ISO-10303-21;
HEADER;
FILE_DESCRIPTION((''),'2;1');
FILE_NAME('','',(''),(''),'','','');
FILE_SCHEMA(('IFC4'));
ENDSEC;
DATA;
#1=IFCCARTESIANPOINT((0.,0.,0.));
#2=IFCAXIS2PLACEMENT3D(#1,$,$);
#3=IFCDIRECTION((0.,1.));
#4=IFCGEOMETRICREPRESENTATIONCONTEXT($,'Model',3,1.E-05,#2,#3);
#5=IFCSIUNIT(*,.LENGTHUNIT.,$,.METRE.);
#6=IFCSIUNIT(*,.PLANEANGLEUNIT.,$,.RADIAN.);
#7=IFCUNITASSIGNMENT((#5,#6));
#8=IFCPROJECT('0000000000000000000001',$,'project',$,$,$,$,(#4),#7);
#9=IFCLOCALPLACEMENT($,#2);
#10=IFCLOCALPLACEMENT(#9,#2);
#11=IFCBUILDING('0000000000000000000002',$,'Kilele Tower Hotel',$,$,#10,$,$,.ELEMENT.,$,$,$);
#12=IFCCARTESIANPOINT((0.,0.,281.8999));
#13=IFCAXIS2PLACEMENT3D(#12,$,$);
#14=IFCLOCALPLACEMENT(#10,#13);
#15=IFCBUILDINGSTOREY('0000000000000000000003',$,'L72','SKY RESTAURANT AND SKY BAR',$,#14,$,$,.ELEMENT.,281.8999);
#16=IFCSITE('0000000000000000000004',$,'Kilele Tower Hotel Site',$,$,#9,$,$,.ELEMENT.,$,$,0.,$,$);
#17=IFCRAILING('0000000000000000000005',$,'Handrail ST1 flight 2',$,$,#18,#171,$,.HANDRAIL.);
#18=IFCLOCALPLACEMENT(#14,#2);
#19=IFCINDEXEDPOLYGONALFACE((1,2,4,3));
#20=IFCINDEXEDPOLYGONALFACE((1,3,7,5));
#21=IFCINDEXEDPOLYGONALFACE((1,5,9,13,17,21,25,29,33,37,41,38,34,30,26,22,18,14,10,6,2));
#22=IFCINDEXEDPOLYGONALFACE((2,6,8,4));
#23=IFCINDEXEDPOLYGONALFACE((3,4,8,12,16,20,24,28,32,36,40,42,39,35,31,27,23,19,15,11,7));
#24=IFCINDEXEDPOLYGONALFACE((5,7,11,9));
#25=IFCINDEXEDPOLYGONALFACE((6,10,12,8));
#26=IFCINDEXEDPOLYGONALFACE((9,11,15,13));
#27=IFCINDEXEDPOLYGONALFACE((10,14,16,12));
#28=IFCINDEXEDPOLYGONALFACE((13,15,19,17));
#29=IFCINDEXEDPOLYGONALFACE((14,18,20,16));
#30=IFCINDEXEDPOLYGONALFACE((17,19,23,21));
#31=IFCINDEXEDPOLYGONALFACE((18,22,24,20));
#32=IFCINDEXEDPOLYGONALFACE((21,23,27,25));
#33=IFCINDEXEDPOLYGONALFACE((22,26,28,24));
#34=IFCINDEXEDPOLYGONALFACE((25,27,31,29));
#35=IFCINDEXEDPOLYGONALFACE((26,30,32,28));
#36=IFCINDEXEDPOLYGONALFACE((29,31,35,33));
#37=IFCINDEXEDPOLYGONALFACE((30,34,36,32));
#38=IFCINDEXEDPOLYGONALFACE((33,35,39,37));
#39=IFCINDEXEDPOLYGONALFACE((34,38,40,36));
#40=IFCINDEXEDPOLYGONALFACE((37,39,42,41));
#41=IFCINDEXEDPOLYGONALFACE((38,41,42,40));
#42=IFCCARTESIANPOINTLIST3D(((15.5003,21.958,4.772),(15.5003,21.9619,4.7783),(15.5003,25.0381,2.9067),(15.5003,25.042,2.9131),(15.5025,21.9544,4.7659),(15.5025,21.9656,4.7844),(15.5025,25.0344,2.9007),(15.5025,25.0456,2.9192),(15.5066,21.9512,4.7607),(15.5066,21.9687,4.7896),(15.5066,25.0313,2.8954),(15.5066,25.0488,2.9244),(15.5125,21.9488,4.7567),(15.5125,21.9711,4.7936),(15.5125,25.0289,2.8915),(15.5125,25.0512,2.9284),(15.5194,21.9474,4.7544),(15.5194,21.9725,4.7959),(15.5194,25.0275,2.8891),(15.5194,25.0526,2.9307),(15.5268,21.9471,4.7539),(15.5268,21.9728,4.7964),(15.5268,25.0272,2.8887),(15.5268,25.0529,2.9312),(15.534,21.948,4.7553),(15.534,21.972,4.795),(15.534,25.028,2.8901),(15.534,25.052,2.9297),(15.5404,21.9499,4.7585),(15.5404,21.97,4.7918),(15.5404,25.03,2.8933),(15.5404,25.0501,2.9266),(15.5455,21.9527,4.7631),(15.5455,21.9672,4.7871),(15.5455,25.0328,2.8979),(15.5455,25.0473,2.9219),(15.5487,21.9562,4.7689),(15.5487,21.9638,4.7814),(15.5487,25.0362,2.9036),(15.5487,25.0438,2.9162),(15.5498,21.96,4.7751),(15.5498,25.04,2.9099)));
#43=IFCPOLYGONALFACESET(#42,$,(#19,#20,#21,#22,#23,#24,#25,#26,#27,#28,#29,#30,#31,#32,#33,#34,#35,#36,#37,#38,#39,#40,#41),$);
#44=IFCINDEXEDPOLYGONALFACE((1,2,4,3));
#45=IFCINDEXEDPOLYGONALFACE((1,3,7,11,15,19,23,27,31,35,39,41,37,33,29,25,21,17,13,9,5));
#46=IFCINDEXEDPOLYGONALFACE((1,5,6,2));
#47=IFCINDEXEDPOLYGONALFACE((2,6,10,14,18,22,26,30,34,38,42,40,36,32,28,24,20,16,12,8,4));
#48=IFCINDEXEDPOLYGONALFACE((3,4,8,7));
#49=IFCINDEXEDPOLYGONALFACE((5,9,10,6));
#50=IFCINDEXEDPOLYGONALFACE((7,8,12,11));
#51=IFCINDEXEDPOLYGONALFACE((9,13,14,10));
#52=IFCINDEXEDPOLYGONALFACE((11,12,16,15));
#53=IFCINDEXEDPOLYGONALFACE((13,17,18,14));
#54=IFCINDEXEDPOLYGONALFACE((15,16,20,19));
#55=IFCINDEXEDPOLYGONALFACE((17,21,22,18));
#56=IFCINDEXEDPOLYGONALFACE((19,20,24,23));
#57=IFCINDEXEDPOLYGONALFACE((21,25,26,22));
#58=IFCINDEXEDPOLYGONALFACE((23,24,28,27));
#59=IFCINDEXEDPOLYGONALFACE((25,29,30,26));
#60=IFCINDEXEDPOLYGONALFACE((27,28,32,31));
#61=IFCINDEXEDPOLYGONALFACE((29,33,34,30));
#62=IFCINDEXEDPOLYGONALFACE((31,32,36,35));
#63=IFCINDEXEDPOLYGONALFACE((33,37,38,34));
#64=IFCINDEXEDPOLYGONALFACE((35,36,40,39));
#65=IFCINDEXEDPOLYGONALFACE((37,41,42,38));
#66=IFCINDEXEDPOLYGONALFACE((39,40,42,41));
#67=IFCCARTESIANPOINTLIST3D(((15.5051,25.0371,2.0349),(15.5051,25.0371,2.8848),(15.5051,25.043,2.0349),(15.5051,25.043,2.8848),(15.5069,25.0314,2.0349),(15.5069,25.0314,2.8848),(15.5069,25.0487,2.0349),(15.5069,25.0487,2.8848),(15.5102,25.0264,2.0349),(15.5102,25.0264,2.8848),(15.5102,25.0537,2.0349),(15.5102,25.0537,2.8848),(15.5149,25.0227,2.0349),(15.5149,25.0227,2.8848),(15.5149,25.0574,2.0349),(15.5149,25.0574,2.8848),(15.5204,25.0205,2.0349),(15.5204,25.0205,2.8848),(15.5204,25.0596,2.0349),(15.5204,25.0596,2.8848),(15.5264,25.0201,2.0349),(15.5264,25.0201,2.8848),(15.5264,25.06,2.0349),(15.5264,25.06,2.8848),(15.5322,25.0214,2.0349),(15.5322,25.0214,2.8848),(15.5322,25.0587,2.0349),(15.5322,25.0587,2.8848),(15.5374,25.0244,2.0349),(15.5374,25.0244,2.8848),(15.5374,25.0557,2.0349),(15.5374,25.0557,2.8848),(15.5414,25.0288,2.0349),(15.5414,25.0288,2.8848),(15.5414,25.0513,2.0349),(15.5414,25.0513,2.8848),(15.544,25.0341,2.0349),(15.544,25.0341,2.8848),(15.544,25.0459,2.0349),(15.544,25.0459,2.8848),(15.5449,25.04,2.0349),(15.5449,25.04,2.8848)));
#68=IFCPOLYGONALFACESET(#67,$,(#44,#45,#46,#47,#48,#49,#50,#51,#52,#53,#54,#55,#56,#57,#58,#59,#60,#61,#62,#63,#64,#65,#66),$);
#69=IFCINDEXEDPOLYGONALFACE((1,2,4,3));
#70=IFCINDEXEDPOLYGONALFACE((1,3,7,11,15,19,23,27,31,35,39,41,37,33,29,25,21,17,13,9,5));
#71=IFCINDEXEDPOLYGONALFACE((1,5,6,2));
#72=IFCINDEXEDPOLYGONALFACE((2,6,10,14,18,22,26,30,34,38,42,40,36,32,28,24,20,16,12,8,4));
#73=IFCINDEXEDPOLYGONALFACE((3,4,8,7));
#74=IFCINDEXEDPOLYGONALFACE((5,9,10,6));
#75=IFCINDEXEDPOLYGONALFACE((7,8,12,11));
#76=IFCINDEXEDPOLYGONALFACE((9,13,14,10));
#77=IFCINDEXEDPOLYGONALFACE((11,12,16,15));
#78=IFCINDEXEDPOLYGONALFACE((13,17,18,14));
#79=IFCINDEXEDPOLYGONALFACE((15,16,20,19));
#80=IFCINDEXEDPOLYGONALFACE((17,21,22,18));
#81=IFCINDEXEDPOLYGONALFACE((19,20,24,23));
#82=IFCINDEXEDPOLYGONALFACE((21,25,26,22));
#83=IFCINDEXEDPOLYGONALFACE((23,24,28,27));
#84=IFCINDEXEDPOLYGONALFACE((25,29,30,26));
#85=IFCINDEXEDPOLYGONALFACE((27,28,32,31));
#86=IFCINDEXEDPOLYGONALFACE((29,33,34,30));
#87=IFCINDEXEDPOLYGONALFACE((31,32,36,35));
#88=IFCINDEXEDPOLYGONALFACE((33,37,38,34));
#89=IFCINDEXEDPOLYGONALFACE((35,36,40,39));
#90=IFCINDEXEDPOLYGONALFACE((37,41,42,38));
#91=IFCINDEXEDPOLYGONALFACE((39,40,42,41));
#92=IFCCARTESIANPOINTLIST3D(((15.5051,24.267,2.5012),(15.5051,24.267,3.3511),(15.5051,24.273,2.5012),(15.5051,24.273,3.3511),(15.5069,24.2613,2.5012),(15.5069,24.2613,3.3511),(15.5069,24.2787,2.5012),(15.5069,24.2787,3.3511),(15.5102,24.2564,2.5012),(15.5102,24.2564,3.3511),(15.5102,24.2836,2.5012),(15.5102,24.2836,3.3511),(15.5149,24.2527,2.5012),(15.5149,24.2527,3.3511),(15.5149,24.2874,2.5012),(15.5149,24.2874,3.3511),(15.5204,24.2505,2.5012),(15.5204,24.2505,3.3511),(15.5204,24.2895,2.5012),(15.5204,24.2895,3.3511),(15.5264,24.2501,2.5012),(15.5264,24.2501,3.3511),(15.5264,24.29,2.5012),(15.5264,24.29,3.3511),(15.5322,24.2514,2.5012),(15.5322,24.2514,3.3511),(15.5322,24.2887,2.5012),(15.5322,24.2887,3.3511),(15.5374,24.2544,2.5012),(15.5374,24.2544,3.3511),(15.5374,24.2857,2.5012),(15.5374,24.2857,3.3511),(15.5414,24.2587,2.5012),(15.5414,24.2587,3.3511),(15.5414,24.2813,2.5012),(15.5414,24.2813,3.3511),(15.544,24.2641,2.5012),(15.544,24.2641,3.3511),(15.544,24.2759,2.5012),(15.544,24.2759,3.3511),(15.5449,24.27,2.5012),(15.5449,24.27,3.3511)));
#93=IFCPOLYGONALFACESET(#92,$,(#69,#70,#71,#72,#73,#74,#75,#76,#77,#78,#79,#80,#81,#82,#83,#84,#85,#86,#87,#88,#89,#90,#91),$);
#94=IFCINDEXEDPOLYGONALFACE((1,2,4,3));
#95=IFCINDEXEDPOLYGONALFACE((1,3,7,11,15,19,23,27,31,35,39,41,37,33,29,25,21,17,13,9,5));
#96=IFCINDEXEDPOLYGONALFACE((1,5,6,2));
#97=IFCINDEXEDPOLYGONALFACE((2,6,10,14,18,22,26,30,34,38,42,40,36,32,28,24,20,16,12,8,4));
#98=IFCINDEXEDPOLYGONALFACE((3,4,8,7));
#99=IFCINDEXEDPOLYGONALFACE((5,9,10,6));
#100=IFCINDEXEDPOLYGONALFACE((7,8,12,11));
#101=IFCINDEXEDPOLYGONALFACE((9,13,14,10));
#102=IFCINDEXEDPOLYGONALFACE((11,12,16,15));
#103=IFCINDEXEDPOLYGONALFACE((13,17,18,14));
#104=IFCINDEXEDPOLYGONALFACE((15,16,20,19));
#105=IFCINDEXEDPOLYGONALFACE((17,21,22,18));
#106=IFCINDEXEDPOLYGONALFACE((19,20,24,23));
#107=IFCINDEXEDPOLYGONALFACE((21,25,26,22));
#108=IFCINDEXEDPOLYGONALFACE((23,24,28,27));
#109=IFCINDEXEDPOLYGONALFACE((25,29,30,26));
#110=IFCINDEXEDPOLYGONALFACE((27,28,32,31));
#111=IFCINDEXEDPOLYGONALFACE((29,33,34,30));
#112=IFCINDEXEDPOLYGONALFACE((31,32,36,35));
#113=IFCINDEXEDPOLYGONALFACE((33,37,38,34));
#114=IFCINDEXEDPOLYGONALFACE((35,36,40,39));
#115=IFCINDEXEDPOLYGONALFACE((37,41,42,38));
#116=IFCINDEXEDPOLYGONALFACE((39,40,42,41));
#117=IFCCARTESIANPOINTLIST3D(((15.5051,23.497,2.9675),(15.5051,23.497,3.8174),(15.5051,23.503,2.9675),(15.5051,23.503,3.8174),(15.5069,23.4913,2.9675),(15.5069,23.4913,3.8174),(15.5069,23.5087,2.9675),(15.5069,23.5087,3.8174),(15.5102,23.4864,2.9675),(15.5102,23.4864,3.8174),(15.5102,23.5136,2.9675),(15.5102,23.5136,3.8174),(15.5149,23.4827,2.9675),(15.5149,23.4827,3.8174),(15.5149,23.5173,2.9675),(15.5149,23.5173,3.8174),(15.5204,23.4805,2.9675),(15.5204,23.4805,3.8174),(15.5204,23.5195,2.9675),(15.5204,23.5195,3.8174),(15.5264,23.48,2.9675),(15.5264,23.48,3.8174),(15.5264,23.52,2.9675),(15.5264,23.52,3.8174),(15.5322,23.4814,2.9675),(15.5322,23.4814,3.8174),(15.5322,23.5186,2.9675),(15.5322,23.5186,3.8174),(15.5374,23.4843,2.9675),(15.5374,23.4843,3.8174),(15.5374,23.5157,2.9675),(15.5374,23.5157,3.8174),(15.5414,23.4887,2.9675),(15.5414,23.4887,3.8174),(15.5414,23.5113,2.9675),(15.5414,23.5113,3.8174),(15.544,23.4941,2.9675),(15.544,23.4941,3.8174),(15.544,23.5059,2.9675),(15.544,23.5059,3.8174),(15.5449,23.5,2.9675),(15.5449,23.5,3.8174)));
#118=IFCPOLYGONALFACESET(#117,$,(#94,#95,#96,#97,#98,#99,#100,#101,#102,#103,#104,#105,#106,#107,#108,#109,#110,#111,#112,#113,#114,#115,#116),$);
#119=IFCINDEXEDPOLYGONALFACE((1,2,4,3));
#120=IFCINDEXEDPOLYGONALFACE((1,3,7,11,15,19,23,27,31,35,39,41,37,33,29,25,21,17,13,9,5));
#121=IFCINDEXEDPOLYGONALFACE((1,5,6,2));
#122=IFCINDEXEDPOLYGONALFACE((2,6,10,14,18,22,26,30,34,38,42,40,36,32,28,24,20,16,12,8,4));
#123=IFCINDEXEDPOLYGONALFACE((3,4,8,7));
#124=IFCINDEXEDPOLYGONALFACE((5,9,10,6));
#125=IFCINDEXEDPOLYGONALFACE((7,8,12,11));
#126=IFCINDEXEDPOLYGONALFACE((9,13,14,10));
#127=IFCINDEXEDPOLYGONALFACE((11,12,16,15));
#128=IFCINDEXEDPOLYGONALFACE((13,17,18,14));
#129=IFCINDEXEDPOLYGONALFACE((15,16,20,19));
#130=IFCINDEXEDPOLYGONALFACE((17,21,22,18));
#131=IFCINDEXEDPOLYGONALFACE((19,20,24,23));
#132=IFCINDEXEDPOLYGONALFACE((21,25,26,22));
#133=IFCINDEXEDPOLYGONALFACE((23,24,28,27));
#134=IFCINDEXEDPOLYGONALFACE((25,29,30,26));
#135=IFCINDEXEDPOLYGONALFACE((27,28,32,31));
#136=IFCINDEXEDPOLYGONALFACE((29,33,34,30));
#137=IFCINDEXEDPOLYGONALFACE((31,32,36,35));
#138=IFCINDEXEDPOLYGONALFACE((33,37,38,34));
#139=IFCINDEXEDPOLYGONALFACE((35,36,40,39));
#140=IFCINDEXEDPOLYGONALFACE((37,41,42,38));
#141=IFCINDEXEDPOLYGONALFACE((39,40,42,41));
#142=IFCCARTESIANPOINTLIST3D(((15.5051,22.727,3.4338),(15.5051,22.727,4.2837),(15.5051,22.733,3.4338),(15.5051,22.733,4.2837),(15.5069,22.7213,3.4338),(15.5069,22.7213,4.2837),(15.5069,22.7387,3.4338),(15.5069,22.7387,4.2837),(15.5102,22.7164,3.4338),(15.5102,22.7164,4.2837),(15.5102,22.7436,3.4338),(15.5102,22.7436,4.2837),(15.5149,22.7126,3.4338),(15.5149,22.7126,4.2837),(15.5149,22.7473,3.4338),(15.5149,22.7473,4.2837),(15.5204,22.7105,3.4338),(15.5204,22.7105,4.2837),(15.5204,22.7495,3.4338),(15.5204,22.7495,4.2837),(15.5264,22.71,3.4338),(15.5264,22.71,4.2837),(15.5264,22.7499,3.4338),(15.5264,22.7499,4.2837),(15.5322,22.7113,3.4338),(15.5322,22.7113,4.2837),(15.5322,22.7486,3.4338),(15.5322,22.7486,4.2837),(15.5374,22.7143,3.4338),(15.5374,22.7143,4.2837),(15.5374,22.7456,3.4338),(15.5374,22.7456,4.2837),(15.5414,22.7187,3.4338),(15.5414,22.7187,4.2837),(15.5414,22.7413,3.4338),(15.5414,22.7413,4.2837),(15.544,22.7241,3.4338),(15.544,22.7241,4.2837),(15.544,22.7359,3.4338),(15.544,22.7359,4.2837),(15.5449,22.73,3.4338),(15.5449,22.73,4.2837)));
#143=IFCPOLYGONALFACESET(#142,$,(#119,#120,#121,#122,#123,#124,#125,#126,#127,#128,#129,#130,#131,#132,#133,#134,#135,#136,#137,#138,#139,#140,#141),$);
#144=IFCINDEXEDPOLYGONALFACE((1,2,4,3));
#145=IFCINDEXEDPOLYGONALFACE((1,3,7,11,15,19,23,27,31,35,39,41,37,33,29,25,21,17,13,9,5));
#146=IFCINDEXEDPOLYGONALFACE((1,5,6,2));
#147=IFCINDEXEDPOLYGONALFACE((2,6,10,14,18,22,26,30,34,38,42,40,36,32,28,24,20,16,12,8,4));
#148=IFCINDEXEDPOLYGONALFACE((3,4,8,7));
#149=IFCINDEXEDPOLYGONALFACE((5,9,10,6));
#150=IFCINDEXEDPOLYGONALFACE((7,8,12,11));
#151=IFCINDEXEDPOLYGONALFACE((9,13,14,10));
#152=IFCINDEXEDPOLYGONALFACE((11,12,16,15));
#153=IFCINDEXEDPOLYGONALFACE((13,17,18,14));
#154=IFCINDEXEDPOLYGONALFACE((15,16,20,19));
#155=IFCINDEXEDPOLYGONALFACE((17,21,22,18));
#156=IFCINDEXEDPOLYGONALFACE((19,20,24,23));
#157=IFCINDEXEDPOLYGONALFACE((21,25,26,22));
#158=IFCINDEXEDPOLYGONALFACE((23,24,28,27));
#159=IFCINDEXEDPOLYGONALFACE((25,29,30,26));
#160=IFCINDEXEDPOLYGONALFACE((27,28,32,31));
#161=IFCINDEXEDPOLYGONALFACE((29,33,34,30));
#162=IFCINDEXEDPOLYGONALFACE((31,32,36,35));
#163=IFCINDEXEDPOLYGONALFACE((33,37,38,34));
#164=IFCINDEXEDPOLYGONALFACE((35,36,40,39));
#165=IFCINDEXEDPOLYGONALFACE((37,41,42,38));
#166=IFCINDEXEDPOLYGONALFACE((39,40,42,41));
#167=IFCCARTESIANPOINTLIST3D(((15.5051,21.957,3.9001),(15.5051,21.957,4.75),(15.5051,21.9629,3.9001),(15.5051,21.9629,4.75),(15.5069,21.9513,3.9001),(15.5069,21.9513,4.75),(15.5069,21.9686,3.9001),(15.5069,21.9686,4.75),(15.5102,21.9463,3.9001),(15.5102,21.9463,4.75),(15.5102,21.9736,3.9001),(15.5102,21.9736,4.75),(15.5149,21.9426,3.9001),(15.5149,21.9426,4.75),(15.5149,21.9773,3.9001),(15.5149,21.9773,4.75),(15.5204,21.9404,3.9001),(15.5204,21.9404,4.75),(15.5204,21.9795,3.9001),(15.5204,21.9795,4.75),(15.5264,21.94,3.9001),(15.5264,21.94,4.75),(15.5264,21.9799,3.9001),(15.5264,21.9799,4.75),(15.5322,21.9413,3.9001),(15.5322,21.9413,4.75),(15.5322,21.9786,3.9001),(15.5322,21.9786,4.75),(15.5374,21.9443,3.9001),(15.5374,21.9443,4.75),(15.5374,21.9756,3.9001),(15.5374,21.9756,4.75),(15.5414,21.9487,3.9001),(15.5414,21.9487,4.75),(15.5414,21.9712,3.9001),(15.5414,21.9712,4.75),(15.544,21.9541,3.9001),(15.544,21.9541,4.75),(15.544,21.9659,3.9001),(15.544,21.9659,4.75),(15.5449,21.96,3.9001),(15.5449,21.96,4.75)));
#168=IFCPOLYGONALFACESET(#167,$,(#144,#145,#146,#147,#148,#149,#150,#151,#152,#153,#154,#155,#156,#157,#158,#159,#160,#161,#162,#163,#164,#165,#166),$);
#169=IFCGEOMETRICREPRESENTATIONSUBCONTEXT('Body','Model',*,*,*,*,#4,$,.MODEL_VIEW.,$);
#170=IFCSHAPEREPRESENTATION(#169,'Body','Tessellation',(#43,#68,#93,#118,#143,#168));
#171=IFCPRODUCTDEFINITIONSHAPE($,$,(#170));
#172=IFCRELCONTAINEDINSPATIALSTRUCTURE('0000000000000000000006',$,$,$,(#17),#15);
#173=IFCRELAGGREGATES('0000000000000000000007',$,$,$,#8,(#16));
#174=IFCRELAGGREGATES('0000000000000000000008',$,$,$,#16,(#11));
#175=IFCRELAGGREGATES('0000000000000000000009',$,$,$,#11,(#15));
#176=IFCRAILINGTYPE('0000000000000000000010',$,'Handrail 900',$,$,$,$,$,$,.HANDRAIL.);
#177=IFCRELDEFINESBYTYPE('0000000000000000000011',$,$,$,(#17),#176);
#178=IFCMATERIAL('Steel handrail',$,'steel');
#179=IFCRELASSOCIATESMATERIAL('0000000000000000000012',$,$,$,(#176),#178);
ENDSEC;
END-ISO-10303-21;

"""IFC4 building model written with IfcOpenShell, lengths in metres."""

from ifc_helpers import new_model, si_unit, direction, frame, origin, origin_2d, place, context, subcontext, project, spatial, circle, extrude, material, type_object, element, save


model = new_model("IFC4")

# Units and contexts
model_context = context("Model", 3, precision=1e-05, world=origin(), true_north=direction((0.0, 1.0)))
body_context = subcontext(model_context, "Body", "Model", "MODEL_VIEW")
ifc_project = project(units=[si_unit("LENGTHUNIT", "METRE"), si_unit("PLANEANGLEUNIT", "RADIAN")], contexts=[model_context])

# Site, building, storey
site_placement = place(None, origin())
site = spatial("IfcSite", under=ifc_project, at=site_placement, Name="Kilele Tower Hotel Site", CompositionType="ELEMENT", RefElevation=0.0)
building_placement = place(site_placement, origin())
building = spatial("IfcBuilding", under=site, at=building_placement, Name="Kilele Tower Hotel", CompositionType="ELEMENT")
storey_placement = place(building_placement, frame((0.0, 0.0, 281.8999)))
storey = spatial("IfcBuildingStorey", under=building, at=storey_placement, Name="L72", Description="SKY RESTAURANT AND SKY BAR", CompositionType="ELEMENT", Elevation=281.8999)

# Railing
ifc_material_1 = material(Name="Steel handrail", Category="steel")
railing_type_1 = type_object("IfcRailingType", Name="Handrail 900", PredefinedType="HANDRAIL", material=ifc_material_1)
for number, where, name in (
    (1, (15.5249, 25.04, 2.0349), "Handrail ST1 flight 2"),
):
    element("IfcRailing", number, at=place(storey_placement, frame(where)), inside=storey, type_object=railing_type_1, Name=name, PredefinedType="HANDRAIL", context=body_context, shape_type="SweptSolid", body=[
        extrude(circle(Radius=0.0249, at=origin_2d()), frame((0.0, 0.0, 0.875), z_axis=(0.0, -0.85538, 0.518001), x_axis=(1.0, 0.0, 0.0)), (0.0, 0.0, 1.0), 3.6008),
        extrude(circle(Radius=0.02, at=origin_2d()), origin(), (0.0, 0.0, 1.0), 0.8499),
        extrude(circle(Radius=0.02, at=origin_2d()), frame((0.0, -0.77, 0.4663)), (0.0, 0.0, 1.0), 0.8499),
        extrude(circle(Radius=0.02, at=origin_2d()), frame((0.0, -1.54, 0.9326)), (0.0, 0.0, 1.0), 0.8499),
        extrude(circle(Radius=0.02, at=origin_2d()), frame((0.0, -2.3101, 1.3989)), (0.0, 0.0, 1.0), 0.8499),
        extrude(circle(Radius=0.02, at=origin_2d()), frame((0.0, -3.0801, 1.8652)), (0.0, 0.0, 1.0), 0.8499),
    ])

save(model, "model.ifc")
